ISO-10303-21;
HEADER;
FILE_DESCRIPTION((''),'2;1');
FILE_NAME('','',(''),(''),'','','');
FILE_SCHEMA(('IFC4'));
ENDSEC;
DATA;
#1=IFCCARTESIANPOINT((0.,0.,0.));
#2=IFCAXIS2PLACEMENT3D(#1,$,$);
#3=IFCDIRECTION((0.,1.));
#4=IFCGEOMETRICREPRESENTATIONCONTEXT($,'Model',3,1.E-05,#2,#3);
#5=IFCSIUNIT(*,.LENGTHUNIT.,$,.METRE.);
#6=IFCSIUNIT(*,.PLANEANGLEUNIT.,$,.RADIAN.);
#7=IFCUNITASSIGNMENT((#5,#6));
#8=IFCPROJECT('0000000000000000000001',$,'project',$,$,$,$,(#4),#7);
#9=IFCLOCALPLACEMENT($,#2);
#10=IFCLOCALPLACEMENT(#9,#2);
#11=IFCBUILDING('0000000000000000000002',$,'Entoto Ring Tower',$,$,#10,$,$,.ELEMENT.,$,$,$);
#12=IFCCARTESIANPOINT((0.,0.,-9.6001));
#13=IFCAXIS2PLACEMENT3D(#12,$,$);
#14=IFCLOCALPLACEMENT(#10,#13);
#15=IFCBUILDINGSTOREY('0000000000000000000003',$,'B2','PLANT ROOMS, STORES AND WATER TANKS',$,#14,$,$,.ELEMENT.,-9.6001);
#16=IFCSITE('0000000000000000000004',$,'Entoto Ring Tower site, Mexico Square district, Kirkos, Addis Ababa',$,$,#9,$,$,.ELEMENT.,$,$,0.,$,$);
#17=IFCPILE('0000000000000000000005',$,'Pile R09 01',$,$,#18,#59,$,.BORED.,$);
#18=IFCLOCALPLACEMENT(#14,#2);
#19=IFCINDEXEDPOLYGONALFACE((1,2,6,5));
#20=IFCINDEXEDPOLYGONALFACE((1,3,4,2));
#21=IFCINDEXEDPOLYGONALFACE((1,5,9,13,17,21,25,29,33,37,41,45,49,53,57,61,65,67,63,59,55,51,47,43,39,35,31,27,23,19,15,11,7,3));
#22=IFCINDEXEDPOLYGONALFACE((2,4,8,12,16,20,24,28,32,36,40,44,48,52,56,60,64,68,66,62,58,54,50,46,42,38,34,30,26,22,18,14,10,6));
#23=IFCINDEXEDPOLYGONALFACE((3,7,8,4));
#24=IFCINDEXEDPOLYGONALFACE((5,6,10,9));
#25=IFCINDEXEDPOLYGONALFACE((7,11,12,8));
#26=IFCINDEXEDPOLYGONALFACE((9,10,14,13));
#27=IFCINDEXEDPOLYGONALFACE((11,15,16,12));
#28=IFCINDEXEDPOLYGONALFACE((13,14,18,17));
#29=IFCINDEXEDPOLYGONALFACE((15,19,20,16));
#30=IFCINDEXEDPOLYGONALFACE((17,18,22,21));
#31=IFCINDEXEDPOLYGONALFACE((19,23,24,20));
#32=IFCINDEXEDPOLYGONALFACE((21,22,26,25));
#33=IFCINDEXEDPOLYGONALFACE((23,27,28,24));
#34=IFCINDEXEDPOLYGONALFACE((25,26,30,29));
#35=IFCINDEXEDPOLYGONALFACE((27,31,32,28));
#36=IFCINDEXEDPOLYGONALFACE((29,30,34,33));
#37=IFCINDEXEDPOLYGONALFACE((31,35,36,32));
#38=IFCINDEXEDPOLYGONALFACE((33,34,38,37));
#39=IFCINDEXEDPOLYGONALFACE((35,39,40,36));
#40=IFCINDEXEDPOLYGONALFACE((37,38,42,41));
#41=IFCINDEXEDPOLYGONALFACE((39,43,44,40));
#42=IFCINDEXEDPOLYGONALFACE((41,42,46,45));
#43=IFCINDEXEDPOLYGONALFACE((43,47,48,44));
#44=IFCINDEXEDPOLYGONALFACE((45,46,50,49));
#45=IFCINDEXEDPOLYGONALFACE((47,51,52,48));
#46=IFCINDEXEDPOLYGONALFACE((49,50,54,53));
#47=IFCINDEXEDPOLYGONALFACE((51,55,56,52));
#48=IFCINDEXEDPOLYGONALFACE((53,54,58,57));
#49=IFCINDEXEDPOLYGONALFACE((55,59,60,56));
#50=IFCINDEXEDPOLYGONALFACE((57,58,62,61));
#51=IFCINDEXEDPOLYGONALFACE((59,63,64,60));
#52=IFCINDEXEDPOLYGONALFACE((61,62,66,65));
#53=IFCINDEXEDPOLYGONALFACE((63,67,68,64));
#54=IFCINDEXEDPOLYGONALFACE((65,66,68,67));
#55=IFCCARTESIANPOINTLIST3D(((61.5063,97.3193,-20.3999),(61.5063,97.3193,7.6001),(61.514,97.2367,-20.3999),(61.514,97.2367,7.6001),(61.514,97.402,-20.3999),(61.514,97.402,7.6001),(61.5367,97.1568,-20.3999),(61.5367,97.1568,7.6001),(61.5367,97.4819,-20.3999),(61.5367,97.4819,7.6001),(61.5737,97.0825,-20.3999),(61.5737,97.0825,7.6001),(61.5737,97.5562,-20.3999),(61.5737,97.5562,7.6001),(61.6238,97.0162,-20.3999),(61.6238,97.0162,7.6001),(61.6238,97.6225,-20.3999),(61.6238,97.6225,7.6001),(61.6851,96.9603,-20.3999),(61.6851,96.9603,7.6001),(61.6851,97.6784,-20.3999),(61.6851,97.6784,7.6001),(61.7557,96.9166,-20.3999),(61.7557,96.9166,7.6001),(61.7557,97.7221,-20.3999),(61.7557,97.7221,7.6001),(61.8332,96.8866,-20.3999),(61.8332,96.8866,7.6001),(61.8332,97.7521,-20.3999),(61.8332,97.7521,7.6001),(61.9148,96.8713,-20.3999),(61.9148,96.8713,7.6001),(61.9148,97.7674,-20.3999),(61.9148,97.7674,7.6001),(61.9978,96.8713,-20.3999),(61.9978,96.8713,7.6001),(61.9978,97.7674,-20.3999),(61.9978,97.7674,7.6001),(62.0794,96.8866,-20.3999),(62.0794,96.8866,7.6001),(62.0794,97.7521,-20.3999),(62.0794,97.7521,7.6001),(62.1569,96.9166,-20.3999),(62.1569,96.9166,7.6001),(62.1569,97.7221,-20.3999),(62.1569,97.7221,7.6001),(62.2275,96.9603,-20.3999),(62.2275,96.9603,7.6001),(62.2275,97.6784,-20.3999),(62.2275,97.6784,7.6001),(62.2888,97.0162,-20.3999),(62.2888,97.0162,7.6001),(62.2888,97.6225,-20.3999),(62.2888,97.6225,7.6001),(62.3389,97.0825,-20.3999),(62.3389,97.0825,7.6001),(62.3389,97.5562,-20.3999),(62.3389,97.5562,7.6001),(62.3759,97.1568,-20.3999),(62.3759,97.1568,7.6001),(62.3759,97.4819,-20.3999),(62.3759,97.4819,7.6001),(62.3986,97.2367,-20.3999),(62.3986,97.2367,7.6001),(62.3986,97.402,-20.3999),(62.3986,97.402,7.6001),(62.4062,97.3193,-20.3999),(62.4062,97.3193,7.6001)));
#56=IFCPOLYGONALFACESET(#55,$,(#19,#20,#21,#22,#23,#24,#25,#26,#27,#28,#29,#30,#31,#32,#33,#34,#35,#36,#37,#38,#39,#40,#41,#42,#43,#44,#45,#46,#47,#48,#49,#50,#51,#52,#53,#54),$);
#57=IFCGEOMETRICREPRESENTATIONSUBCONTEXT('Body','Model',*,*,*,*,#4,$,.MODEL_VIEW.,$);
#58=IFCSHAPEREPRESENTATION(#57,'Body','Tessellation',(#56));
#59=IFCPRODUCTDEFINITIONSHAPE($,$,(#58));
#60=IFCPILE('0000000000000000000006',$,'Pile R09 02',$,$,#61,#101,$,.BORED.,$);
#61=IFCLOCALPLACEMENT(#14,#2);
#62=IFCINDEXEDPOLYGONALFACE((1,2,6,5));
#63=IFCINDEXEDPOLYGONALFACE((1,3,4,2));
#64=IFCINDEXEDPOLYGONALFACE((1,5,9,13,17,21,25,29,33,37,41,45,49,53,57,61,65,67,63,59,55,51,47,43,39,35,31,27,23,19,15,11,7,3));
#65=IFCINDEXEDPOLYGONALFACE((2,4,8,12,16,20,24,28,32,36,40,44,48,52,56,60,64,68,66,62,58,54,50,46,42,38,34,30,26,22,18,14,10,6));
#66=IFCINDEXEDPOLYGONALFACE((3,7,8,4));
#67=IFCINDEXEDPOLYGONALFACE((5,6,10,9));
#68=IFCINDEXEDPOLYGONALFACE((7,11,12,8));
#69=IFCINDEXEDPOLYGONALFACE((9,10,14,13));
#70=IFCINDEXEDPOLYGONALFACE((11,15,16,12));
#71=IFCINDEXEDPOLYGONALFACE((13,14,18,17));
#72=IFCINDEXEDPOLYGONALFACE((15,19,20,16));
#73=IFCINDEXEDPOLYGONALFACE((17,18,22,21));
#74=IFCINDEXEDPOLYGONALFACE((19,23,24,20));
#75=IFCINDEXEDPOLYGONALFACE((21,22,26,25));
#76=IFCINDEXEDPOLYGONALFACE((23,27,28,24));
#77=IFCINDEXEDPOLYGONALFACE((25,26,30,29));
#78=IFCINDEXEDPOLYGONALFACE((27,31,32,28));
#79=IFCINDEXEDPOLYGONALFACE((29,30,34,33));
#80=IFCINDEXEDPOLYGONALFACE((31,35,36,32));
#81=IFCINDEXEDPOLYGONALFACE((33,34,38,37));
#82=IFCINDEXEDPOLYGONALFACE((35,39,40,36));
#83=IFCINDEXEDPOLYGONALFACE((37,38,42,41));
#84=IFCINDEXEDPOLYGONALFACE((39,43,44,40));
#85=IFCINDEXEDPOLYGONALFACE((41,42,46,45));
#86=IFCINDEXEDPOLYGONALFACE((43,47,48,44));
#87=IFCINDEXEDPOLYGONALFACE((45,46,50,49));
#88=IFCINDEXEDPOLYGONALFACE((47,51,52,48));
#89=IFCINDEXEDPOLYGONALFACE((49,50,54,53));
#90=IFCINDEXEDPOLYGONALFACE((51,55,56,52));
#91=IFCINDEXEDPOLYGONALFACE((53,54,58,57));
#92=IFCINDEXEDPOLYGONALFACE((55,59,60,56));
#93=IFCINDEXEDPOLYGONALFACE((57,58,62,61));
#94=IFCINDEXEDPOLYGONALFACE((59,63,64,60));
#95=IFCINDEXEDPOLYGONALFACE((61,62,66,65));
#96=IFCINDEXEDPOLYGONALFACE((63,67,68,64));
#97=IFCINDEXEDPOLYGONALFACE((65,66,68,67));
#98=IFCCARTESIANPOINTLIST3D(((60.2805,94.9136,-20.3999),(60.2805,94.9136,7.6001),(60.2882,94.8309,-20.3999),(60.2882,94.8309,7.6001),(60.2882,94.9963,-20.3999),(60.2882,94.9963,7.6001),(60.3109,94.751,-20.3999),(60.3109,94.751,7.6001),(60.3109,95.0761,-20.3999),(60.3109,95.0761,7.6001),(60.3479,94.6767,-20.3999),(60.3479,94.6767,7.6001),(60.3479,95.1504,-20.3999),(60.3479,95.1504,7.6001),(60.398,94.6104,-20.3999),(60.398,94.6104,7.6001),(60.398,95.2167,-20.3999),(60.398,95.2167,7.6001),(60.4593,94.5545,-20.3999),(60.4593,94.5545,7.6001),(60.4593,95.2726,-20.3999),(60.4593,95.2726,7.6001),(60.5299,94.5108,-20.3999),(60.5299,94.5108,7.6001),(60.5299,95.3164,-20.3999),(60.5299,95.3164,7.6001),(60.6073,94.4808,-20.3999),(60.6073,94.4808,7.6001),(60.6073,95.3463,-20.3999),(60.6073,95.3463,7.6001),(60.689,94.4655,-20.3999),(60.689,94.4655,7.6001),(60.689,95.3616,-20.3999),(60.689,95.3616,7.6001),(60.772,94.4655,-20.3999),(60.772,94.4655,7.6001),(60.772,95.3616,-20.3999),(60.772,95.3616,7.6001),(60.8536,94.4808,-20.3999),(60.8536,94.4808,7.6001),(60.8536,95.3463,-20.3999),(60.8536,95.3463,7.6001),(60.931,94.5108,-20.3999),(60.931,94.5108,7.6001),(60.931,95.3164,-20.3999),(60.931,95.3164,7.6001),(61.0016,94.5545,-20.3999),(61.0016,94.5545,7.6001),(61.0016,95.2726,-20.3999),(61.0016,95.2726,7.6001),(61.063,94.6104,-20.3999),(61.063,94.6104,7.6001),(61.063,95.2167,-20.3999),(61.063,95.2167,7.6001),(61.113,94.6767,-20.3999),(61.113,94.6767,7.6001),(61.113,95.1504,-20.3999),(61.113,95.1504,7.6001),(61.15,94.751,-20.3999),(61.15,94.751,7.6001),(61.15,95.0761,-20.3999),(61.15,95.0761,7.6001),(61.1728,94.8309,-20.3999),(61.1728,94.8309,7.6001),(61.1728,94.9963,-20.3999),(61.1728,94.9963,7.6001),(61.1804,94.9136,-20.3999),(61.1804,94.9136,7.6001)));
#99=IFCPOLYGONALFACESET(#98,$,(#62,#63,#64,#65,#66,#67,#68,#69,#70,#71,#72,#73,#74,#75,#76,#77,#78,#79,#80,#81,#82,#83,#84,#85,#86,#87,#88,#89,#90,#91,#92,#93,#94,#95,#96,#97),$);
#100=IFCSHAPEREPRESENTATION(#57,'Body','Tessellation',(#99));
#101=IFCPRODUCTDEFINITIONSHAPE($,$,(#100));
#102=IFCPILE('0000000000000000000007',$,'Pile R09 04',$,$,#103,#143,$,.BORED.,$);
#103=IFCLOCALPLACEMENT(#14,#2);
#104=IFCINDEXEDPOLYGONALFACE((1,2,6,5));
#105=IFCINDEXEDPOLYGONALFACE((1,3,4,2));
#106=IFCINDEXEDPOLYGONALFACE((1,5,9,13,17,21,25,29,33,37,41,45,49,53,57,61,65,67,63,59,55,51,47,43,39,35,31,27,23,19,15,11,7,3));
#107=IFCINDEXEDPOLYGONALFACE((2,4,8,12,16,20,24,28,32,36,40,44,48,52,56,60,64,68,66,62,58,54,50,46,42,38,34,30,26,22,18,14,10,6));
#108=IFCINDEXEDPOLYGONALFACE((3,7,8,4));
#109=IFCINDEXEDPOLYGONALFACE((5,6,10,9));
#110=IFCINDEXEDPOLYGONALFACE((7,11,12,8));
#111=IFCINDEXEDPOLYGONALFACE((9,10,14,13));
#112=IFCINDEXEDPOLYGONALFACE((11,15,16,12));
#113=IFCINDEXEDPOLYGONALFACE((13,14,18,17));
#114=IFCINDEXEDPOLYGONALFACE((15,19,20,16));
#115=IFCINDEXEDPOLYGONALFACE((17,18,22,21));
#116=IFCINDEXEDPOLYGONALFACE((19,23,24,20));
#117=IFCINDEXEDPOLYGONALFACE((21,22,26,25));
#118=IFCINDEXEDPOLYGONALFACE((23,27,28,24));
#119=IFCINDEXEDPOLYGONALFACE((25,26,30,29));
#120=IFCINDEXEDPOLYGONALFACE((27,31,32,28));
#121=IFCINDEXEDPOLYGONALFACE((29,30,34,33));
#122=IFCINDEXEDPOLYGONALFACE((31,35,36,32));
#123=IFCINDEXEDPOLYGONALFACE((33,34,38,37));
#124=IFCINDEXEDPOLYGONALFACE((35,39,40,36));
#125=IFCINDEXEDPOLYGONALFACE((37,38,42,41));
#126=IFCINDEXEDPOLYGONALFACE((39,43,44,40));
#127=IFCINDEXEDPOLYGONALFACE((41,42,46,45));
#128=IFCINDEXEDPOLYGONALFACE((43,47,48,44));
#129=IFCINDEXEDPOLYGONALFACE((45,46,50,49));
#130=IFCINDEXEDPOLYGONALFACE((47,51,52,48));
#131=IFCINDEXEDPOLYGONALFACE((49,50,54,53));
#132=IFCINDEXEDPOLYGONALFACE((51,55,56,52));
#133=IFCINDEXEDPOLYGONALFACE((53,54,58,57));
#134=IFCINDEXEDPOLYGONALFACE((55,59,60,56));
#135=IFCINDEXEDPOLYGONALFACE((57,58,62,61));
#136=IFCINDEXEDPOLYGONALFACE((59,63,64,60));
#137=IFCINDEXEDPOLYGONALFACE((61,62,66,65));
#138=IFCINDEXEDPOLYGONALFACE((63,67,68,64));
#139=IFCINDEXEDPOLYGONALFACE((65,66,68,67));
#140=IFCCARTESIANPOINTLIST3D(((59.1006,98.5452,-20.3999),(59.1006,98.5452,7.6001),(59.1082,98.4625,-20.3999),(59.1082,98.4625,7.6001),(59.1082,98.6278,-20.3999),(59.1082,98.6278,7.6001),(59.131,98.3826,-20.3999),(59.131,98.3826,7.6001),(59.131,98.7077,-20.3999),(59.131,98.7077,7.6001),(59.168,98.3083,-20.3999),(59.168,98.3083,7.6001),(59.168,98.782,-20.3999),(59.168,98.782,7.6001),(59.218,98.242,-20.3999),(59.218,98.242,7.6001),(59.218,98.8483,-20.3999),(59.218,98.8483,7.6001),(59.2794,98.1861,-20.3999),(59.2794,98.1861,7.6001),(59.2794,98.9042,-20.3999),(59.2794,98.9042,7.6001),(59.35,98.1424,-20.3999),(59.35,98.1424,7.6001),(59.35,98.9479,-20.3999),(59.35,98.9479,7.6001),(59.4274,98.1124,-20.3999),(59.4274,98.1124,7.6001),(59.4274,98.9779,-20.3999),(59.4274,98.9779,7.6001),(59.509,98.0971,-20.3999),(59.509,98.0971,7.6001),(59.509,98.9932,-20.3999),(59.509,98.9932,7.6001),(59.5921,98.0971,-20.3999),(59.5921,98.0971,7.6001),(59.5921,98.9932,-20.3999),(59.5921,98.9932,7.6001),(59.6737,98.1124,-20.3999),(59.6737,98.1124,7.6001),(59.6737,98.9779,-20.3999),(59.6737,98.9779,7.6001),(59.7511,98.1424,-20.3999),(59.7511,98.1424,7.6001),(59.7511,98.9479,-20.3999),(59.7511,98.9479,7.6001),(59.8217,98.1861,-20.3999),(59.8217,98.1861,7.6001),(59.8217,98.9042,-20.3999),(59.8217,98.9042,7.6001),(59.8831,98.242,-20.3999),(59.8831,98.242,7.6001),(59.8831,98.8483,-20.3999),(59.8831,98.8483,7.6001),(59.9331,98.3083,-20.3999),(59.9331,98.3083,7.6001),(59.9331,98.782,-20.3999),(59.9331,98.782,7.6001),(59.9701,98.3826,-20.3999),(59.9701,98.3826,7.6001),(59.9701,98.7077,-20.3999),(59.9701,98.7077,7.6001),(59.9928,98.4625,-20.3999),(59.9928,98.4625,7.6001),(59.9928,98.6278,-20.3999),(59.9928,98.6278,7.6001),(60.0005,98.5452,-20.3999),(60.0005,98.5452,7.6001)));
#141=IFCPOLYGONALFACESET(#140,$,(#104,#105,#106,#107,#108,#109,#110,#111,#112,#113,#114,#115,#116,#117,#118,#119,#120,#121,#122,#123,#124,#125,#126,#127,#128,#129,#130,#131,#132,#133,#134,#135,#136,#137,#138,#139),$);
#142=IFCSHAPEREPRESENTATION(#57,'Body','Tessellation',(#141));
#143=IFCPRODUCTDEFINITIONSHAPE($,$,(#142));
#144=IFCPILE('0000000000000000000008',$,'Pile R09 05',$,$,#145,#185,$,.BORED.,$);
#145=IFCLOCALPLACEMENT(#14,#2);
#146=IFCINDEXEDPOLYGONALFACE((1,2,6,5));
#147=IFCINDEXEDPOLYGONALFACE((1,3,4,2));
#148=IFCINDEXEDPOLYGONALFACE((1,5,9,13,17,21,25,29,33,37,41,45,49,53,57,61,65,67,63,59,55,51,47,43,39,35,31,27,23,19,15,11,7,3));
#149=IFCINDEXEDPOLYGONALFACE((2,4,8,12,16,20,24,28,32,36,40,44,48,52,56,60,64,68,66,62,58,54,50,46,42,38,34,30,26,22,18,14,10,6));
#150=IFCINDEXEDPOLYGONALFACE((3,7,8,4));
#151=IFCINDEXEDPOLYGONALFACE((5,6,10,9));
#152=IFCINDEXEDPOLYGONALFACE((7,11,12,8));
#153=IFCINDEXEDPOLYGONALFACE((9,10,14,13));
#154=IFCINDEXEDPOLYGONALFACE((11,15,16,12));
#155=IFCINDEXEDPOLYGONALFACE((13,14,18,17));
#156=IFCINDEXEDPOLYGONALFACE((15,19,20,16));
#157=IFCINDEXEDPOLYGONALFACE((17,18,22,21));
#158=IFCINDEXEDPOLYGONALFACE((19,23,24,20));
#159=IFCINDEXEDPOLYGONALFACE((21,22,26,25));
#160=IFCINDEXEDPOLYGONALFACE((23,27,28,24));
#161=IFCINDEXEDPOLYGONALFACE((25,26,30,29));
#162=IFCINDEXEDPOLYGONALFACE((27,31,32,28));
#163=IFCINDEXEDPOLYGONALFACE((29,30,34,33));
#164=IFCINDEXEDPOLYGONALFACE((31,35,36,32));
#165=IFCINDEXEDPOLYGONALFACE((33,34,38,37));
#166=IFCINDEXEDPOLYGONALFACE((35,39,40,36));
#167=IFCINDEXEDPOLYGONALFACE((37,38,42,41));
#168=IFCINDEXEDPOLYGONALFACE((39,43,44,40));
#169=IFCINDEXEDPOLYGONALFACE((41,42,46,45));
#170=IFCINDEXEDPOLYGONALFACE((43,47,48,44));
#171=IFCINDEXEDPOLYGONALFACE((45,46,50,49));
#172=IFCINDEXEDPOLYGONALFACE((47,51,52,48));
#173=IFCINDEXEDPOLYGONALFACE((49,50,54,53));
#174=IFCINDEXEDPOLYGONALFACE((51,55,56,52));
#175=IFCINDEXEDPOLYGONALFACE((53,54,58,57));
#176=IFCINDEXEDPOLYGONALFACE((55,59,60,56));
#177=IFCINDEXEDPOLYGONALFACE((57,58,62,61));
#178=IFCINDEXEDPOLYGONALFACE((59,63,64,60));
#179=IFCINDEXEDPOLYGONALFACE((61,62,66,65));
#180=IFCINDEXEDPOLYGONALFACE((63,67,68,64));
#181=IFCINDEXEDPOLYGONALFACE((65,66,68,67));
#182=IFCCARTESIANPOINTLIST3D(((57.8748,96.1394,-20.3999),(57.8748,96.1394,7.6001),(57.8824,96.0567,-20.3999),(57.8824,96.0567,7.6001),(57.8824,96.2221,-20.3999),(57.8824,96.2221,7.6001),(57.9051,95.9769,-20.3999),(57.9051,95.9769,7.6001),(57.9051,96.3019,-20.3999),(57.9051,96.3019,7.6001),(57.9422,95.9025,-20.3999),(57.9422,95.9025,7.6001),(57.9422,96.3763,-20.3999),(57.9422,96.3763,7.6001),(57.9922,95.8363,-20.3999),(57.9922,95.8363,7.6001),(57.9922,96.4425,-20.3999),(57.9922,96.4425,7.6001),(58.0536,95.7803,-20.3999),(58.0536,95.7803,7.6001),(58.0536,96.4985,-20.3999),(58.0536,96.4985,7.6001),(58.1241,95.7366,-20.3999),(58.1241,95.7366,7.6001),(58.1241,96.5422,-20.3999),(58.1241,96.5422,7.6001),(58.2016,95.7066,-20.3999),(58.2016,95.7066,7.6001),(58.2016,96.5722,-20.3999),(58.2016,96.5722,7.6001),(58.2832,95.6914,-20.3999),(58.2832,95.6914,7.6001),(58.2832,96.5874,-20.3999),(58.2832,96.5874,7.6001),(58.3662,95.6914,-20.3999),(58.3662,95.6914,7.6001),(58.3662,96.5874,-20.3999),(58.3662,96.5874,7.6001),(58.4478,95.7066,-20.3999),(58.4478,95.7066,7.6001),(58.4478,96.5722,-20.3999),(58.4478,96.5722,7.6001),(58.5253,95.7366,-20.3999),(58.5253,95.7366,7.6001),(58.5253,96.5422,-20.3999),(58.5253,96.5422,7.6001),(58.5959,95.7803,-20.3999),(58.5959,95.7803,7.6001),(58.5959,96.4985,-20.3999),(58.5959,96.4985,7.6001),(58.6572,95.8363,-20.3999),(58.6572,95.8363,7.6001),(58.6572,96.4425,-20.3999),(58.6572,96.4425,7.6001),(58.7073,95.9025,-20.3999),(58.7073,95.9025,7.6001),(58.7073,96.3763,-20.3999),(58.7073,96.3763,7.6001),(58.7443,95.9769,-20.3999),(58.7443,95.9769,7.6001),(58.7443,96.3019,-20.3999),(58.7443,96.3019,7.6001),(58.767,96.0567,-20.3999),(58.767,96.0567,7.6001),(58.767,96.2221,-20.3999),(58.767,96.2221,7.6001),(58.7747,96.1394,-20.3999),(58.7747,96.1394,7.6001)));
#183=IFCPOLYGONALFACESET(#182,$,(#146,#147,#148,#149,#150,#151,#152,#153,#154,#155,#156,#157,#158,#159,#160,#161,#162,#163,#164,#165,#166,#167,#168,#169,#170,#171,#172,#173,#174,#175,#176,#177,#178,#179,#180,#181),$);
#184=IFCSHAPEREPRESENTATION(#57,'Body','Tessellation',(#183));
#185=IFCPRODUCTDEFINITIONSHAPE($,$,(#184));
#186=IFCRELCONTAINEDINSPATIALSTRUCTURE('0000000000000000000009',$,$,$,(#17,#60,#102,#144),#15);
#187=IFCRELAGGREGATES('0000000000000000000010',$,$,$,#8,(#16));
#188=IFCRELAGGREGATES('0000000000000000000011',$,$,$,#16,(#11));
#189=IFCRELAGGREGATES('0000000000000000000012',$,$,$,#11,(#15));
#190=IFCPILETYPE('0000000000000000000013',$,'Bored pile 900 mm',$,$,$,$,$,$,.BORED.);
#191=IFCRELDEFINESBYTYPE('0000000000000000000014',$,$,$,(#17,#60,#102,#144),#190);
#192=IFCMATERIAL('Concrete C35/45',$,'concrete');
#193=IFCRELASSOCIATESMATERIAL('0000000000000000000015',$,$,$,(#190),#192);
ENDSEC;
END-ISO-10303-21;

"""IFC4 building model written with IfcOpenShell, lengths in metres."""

from ifc_helpers import new_model, si_unit, direction, frame, origin, origin_2d, place, context, subcontext, project, spatial, circle, extrude, material, material_profile, profile_set, type_object, element, save


model = new_model("IFC4")

# Units and contexts
model_context = context("Model", 3, precision=1e-05, world=origin(), true_north=direction((0.0, 1.0)))
body_context = subcontext(model_context, "Body", "Model", "MODEL_VIEW")
ifc_project = project(units=[si_unit("LENGTHUNIT", "METRE"), si_unit("PLANEANGLEUNIT", "RADIAN")], contexts=[model_context])

# Site, building, storey
site_placement = place(None, origin())
site = spatial("IfcSite", under=ifc_project, at=site_placement, Name="Entoto Ring Tower site, Mexico Square district, Kirkos, Addis Ababa", CompositionType="ELEMENT", RefElevation=0.0)
building_placement = place(site_placement, origin())
building = spatial("IfcBuilding", under=site, at=building_placement, Name="Entoto Ring Tower", CompositionType="ELEMENT")
storey_placement = place(building_placement, frame((0.0, 0.0, -9.6001)))
storey = spatial("IfcBuildingStorey", under=building, at=storey_placement, Name="B2", Description="PLANT ROOMS, STORES AND WATER TANKS", CompositionType="ELEMENT", Elevation=-9.6001)

# Piles
ifc_material_1 = material(Name="Concrete C35/45", Category="concrete")
ifc_material_profile_1 = material_profile(ifc_material_1, circle(Radius=0.45, at=origin_2d()), Name="Bored pile 900 mm")
ifc_profile_set_1 = profile_set([ifc_material_profile_1], Name="Concrete C35/45")
pile_type = type_object("IfcPileType", Name="Bored pile 900 mm", PredefinedType="BORED", material=ifc_profile_set_1)
for number, where, z_axis, x_axis, name in (
    (1, (61.9563, 97.3193, 7.6001), (0.0, 0.0, -1.0), (1.0, 0.0, 0.0), "Pile R09 01"),
    (2, (60.7305, 94.9136, 7.6001), (0.0, 0.0, -1.0), (1.0, 0.0, 0.0), "Pile R09 02"),
    (3, (59.5505, 98.5452, 7.6001), (0.0, 0.0, -1.0), (1.0, 0.0, 0.0), "Pile R09 04"),
    (4, (58.3247, 96.1394, 7.6001), (0.0, 0.0, -1.0), (1.0, 0.0, 0.0), "Pile R09 05"),
):
    element("IfcPile", number, at=place(storey_placement, frame(where, z_axis=z_axis, x_axis=x_axis)), inside=storey, type_object=pile_type, Name=name, PredefinedType="BORED", context=body_context, shape_type="SweptSolid", body=[
        extrude(circle(Radius=0.45, at=origin_2d()), origin(), (0.0, 0.0, 1.0), 28.0),
    ])

save(model, "model.ifc")
